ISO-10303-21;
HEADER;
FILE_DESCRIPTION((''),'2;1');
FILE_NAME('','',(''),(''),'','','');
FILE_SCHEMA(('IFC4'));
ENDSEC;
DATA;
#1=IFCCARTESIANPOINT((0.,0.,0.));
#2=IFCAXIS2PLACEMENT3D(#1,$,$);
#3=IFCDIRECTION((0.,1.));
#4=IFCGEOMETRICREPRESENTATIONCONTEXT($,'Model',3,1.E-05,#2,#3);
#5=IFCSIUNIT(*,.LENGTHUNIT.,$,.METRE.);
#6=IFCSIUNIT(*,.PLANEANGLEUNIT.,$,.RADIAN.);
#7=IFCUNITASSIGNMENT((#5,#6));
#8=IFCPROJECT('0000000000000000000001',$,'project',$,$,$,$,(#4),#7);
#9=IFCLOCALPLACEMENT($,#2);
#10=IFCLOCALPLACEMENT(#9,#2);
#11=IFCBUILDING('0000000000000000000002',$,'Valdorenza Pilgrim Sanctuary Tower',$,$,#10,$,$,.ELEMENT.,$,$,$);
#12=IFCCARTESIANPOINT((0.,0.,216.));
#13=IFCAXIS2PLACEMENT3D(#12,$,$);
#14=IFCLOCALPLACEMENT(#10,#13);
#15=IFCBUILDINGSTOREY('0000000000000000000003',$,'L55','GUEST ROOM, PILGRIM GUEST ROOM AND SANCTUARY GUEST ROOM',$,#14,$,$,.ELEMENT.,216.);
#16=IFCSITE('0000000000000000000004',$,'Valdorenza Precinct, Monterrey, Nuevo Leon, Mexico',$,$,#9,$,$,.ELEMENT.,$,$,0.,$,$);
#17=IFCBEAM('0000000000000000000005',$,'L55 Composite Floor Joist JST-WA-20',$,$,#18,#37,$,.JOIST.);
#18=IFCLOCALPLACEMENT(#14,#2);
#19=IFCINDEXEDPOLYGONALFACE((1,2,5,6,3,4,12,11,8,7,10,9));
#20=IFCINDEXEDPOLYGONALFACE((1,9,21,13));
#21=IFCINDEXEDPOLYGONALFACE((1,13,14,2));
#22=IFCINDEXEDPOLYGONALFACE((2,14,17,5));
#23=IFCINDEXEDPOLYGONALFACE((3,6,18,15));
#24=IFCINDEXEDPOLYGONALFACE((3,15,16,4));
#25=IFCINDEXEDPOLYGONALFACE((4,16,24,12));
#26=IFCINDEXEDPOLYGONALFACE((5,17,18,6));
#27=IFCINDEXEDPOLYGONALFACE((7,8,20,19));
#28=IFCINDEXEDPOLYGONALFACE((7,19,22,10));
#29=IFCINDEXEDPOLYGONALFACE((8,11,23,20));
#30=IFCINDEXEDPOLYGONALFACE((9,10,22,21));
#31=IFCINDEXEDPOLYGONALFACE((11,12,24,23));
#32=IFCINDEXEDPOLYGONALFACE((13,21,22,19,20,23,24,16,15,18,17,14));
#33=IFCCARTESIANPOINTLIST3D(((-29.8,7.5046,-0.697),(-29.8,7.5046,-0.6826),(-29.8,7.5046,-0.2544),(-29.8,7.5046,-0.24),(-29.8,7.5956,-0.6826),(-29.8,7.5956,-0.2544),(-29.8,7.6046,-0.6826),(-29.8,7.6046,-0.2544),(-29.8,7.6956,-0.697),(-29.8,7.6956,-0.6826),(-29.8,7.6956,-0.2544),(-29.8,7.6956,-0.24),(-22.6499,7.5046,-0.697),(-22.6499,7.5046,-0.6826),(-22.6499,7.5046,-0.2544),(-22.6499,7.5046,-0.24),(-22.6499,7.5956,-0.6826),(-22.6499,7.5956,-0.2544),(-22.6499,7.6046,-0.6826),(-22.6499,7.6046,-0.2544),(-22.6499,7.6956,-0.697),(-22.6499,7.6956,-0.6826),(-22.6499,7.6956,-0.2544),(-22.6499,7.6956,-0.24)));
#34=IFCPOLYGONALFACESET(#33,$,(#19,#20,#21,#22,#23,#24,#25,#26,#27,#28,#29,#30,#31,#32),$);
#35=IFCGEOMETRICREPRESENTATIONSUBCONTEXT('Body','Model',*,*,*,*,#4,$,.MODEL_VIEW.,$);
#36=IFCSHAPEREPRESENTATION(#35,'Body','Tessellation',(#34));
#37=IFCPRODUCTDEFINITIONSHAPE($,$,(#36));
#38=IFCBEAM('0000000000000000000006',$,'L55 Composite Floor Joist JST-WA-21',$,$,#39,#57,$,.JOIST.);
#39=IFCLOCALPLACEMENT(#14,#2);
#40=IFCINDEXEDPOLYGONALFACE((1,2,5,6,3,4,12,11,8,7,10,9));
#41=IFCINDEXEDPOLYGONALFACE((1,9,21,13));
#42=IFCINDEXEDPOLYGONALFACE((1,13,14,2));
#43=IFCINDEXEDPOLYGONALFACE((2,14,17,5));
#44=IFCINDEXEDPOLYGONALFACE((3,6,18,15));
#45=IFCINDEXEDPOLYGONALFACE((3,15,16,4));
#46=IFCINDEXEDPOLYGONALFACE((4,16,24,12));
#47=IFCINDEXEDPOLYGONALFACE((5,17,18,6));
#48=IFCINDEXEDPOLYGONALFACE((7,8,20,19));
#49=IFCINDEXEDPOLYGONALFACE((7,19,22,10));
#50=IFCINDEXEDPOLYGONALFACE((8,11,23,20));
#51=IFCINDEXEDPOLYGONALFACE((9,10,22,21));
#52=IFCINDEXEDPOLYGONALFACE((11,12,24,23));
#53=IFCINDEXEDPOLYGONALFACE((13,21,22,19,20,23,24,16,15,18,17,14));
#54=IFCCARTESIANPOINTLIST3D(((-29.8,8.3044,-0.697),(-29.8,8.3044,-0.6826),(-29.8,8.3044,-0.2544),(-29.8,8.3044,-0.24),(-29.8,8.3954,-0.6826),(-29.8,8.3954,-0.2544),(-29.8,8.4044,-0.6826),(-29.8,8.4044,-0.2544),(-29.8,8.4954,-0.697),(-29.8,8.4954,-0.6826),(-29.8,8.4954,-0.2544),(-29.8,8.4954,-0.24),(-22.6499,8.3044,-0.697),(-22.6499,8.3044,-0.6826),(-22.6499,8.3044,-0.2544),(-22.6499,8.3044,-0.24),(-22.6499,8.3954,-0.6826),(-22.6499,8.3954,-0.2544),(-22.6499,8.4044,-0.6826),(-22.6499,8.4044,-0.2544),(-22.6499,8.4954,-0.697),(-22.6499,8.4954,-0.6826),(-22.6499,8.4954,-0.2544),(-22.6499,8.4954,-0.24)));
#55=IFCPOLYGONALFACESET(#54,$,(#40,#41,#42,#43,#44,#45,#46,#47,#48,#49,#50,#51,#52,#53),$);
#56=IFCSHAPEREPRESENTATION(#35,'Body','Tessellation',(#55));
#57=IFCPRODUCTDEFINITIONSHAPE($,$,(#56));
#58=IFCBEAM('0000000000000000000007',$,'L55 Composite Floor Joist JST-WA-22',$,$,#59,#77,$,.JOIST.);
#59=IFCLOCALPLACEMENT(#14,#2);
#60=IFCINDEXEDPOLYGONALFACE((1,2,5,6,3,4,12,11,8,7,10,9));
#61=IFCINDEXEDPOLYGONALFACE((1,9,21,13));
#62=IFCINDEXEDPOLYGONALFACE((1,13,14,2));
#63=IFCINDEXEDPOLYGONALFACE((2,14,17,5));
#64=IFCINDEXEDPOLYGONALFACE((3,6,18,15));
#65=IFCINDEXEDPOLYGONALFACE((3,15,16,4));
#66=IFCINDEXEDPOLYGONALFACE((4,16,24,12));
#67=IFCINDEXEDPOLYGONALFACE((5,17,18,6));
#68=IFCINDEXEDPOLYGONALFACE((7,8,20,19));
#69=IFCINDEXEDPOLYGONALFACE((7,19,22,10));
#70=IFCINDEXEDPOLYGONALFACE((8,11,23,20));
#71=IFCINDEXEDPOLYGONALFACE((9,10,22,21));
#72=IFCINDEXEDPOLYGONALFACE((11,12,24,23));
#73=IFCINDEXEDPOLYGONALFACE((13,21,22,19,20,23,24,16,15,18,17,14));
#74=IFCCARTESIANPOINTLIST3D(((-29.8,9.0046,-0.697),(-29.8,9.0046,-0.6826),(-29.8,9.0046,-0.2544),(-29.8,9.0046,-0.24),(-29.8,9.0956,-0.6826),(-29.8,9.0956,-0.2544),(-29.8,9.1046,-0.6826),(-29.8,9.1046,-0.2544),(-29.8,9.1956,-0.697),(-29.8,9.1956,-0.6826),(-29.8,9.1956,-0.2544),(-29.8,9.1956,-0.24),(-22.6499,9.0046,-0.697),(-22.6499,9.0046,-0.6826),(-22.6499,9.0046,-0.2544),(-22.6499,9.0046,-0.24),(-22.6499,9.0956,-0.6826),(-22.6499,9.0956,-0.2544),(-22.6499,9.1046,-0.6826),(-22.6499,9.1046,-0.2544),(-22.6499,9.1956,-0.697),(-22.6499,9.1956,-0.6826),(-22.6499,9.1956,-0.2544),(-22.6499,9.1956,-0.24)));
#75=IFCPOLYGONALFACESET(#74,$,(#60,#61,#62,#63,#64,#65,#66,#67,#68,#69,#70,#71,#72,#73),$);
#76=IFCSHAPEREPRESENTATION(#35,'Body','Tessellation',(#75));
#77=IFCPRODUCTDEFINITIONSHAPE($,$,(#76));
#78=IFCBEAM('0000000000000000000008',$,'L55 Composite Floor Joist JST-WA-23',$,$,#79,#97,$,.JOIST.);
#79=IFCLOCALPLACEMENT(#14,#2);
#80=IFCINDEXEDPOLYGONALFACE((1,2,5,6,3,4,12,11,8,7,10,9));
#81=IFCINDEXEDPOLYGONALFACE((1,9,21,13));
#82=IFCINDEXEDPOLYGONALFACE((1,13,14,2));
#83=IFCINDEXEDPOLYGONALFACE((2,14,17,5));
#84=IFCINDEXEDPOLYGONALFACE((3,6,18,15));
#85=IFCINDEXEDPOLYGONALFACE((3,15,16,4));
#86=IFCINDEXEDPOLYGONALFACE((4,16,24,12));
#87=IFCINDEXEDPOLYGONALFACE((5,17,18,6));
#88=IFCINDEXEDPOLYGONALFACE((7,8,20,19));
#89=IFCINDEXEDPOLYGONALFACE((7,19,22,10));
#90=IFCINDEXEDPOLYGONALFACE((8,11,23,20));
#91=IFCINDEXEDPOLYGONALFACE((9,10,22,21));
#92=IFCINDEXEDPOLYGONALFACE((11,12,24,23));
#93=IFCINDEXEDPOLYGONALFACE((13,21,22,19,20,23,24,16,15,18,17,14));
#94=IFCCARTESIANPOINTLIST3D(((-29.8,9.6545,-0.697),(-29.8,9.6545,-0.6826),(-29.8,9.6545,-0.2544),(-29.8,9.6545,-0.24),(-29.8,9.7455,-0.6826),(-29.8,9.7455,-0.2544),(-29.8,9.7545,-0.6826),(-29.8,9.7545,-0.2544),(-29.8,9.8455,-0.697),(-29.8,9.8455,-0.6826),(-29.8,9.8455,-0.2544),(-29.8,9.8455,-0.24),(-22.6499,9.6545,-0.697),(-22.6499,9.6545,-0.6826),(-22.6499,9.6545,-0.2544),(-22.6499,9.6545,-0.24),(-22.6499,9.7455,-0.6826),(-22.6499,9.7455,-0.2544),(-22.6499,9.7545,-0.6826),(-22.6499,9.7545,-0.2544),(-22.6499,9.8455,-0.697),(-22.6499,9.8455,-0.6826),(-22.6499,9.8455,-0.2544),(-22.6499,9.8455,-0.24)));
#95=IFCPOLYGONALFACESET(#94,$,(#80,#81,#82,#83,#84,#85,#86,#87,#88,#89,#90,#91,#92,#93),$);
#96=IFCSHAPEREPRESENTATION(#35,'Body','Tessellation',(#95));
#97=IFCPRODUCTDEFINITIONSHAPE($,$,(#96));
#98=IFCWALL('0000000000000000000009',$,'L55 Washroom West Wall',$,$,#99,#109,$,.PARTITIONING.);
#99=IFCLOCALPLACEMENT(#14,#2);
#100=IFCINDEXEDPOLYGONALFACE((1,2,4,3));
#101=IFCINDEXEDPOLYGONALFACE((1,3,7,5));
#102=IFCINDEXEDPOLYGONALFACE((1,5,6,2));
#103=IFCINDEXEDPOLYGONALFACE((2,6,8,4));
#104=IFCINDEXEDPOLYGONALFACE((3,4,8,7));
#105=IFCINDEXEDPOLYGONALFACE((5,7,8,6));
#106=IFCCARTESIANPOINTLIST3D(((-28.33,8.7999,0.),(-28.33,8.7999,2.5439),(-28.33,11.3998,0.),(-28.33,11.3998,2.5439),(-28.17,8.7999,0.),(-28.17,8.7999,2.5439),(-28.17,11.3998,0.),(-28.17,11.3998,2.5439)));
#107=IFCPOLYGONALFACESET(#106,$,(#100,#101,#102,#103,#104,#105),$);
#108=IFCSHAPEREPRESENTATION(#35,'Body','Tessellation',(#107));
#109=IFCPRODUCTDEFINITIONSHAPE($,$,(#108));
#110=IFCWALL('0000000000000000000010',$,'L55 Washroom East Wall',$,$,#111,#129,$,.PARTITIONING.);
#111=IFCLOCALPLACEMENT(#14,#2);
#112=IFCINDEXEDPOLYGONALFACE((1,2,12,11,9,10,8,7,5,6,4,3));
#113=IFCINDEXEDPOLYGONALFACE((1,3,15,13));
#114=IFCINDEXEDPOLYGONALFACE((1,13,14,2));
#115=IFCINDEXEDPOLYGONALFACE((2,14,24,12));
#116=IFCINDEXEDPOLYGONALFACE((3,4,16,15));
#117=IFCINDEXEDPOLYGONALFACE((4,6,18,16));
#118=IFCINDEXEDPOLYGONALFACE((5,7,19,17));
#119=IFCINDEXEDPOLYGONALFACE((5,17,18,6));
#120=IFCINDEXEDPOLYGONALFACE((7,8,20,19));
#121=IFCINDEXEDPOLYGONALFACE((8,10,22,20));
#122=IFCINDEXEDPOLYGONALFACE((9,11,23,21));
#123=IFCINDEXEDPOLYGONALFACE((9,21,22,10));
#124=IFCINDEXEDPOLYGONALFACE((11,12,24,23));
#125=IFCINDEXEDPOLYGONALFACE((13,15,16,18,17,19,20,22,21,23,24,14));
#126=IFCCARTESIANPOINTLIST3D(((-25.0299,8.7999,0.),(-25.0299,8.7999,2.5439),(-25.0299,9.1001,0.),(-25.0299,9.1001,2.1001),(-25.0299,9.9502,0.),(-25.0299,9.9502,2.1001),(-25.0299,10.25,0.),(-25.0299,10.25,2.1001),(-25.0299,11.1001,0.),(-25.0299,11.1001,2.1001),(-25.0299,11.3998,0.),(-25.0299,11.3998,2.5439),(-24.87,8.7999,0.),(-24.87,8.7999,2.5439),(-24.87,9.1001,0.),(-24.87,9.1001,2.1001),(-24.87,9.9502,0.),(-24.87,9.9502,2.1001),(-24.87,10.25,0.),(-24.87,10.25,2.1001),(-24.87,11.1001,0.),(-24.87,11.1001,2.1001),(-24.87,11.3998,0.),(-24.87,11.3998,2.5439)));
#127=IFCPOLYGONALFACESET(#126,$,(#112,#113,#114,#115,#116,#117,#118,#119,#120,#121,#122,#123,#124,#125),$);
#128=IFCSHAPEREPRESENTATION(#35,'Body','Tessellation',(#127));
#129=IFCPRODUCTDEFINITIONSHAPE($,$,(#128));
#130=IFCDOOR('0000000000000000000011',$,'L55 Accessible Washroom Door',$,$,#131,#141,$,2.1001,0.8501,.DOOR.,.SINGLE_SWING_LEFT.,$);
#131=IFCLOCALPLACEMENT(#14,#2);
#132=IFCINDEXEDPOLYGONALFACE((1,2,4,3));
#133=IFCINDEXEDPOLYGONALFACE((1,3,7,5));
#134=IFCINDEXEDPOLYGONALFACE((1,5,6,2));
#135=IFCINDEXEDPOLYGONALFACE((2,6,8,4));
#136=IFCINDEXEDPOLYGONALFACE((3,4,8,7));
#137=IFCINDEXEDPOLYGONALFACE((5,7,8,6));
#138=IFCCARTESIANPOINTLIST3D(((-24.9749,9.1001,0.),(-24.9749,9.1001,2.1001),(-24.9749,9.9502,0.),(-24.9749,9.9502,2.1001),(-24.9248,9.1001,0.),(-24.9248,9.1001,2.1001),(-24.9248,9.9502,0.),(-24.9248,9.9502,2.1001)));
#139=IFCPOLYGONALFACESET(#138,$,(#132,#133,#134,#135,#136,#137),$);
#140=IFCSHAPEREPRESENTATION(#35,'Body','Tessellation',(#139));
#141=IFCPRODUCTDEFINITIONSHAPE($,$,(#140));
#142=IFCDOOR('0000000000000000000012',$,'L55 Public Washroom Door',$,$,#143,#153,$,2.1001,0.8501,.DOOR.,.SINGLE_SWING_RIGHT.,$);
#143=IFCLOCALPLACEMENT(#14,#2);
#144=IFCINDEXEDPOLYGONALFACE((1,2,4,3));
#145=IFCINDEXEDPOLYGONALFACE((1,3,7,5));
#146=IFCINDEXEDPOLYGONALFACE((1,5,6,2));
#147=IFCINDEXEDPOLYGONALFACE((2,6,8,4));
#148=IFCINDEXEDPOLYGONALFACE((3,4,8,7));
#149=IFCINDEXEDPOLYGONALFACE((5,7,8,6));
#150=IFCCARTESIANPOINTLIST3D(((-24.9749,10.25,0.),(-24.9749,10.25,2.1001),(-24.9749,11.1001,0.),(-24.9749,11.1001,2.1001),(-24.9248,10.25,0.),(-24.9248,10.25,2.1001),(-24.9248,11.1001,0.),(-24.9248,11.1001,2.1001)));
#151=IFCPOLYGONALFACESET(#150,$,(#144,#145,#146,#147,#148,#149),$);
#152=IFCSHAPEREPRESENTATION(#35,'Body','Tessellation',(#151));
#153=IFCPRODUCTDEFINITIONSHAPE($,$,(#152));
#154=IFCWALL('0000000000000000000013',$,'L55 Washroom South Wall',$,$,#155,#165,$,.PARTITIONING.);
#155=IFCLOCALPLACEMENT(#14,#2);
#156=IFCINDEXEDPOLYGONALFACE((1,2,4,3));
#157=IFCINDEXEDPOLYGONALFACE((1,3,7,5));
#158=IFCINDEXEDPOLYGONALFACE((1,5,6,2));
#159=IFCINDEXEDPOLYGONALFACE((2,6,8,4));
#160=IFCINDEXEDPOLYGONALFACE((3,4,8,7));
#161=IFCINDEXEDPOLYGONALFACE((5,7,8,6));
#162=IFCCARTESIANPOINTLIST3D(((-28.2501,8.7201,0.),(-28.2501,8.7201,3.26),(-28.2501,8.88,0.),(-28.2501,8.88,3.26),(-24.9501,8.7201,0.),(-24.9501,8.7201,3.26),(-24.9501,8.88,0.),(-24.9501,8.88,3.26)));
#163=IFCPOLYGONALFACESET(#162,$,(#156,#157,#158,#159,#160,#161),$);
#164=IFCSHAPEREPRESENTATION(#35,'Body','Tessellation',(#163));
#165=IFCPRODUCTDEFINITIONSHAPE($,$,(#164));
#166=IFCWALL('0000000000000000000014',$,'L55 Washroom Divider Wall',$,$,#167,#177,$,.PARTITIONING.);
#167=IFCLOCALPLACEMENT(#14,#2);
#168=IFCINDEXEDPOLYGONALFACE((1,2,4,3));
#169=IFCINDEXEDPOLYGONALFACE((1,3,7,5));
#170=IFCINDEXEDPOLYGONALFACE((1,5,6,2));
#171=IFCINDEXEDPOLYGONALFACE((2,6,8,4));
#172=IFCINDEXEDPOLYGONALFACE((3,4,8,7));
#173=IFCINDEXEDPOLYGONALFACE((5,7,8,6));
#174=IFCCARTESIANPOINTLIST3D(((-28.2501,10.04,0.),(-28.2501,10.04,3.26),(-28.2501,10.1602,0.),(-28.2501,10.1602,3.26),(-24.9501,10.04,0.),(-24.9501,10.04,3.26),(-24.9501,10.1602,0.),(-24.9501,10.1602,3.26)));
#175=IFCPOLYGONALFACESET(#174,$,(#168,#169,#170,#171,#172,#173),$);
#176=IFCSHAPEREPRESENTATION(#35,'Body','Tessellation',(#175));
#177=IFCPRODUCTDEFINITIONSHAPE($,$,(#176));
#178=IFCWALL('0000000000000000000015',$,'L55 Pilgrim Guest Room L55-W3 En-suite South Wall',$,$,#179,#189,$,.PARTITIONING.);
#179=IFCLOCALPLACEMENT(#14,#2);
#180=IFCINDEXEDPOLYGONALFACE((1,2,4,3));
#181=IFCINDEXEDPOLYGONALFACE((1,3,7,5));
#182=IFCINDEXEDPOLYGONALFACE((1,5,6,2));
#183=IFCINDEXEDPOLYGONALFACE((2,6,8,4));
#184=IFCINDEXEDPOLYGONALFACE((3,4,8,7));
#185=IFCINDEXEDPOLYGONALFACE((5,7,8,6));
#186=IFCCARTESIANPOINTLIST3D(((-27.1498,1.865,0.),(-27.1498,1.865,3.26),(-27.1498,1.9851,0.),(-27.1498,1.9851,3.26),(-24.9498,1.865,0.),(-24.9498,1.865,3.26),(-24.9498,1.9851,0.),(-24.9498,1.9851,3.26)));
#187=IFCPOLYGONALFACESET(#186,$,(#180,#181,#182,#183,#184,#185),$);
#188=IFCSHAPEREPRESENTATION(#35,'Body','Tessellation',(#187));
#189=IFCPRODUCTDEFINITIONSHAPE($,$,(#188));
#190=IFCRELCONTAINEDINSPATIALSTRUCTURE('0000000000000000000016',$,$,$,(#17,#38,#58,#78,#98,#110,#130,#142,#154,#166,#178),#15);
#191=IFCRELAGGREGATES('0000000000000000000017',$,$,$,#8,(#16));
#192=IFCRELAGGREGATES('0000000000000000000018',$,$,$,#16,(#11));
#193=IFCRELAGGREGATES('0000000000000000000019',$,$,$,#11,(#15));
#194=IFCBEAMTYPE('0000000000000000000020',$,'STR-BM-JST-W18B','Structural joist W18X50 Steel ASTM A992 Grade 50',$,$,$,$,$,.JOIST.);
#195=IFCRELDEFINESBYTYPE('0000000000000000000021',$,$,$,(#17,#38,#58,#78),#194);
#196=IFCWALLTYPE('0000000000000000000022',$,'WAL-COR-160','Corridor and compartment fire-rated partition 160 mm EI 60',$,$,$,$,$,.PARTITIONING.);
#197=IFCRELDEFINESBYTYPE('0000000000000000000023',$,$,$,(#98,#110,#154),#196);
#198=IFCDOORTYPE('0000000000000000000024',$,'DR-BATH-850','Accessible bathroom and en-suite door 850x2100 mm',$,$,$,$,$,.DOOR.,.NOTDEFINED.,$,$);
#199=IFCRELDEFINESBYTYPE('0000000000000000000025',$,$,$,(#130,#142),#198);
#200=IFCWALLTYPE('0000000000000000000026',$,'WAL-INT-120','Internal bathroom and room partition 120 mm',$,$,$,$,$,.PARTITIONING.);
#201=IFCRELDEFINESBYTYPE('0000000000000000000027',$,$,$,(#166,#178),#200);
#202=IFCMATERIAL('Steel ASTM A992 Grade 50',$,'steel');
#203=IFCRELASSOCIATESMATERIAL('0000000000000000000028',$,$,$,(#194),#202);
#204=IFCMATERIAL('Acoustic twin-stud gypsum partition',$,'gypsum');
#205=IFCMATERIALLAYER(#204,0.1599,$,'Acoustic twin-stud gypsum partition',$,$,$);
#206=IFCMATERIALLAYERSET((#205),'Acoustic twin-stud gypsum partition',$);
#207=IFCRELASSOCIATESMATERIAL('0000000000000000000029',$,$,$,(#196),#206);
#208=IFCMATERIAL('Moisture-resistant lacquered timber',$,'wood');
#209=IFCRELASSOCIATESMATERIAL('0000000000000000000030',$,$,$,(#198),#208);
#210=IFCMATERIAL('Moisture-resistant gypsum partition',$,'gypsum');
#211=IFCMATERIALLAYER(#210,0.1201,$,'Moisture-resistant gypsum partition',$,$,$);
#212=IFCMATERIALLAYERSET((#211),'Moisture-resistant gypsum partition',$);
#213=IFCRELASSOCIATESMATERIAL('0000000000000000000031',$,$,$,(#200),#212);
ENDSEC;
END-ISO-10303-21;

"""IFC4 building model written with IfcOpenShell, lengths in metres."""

from ifc_helpers import new_model, si_unit, direction, frame, frame_2d, origin, origin_2d, place, context, subcontext, project, spatial, rectangle, i_section, extrude, source, transform, mapped, material, layer, layer_set, material_profile, profile_set, type_object, element, fill, save


model = new_model("IFC4")

# Units and contexts
model_context = context("Model", 3, precision=1e-05, world=origin(), true_north=direction((0.0, 1.0)))
body_context = subcontext(model_context, "Body", "Model", "MODEL_VIEW")
ifc_project = project(units=[si_unit("LENGTHUNIT", "METRE"), si_unit("PLANEANGLEUNIT", "RADIAN")], contexts=[model_context])

# Site, building, storey
site_placement = place(None, origin())
site = spatial("IfcSite", under=ifc_project, at=site_placement, Name="Valdorenza Precinct, Monterrey, Nuevo Leon, Mexico", CompositionType="ELEMENT", RefElevation=0.0)
building_placement = place(site_placement, origin())
building = spatial("IfcBuilding", under=site, at=building_placement, Name="Valdorenza Pilgrim Sanctuary Tower", CompositionType="ELEMENT")
storey_placement = place(building_placement, frame((0.0, 0.0, 216.0)))
storey = spatial("IfcBuildingStorey", under=building, at=storey_placement, Name="L55", Description="GUEST ROOM, PILGRIM GUEST ROOM AND SANCTUARY GUEST ROOM", CompositionType="ELEMENT", Elevation=216.0)

# Beams
ifc_material_1 = material(Name="Steel ASTM A992 Grade 50", Category="steel")
ifc_material_profile = material_profile(ifc_material_1, i_section(OverallWidth=0.1909, OverallDepth=0.457, WebThickness=0.009, FlangeThickness=0.0144, at=origin_2d()), Name="W18X50")
ifc_profile_set = profile_set([ifc_material_profile], Name="Steel ASTM A992 Grade 50")
beam_type = type_object("IfcBeamType", Name="STR-BM-JST-W18B", Description="Structural joist W18X50 Steel ASTM A992 Grade 50", PredefinedType="JOIST", material=ifc_profile_set)
shared_shape = source(origin(), body_context, "Body", "SweptSolid", [
    extrude(i_section(OverallWidth=0.1909, OverallDepth=0.457, WebThickness=0.009, FlangeThickness=0.0144, at=origin_2d()), origin(), (0.0, 0.0, 1.0), 7.1501),
])
for number, where, z_axis, x_axis, name in (
    (1, (-29.8, 7.6001, -0.4685), (1.0, 0.0, 0.0), (0.0, 1.0, 0.0), "L55 Composite Floor Joist JST-WA-20"),
    (2, (-29.8, 8.3999, -0.4685), (1.0, 0.0, 0.0), (0.0, 1.0, 0.0), "L55 Composite Floor Joist JST-WA-21"),
    (3, (-29.8, 9.1001, -0.4685), (1.0, 0.0, 0.0), (0.0, 1.0, 0.0), "L55 Composite Floor Joist JST-WA-22"),
    (4, (-29.8, 9.75, -0.4685), (1.0, 0.0, 0.0), (0.0, 1.0, 0.0), "L55 Composite Floor Joist JST-WA-23"),
):
    element("IfcBeam", number, at=place(storey_placement, frame(where, z_axis=z_axis, x_axis=x_axis)), inside=storey, type_object=beam_type, Name=name, PredefinedType="JOIST", context=body_context, shape_type="MappedRepresentation", body=[
        mapped(shared_shape, transform((0.0, 0.0, 0.0), x_axis=(1.0, 0.0, 0.0), y_axis=(0.0, 1.0, 0.0), z_axis=(0.0, 0.0, 1.0), scale=1.0)),
    ])

# Wall
ifc_material_2 = material(Name="Acoustic twin-stud gypsum partition", Category="gypsum")
ifc_layer_1 = layer(ifc_material_2, 0.1599, Name="Acoustic twin-stud gypsum partition")
ifc_layer_set_1 = layer_set([ifc_layer_1], Name="Acoustic twin-stud gypsum partition")
wall_type_1 = type_object("IfcWallType", Name="WAL-COR-160", Description="Corridor and compartment fire-rated partition 160 mm EI 60", PredefinedType="PARTITIONING", material=ifc_layer_set_1)
wall_1_placement = place(storey_placement, frame((-28.25, 8.8, 0.0), z_axis=(0.0, 0.0, 1.0), x_axis=(0.0, 1.0, 0.0)))
element("IfcWall", 5, at=wall_1_placement, inside=storey, type_object=wall_type_1, Name="L55 Washroom West Wall", PredefinedType="PARTITIONING", context=body_context, shape_type="SweptSolid", body=[
    extrude(rectangle(XDim=2.5999, YDim=0.1599, at=frame_2d((1.2998, 0.0))), origin(), (0.0, 0.0, 1.0), 2.5439),
])

# Wall, openings, doors
wall_2_placement = place(storey_placement, frame((-24.95, 8.8, 0.0), z_axis=(0.0, 0.0, 1.0), x_axis=(0.0, 1.0, 0.0)))
wall_2 = element("IfcWall", 6, at=wall_2_placement, inside=storey, type_object=wall_type_1, Name="L55 Washroom East Wall", PredefinedType="PARTITIONING", context=body_context, shape_type="SweptSolid", body=[
    extrude(rectangle(XDim=2.5999, YDim=0.1599, at=frame_2d((1.2998, 0.0))), origin(), (0.0, 0.0, 1.0), 2.5439),
])
opening_1_placement = place(wall_2_placement, frame((0.3, 0.0, 0.0)))
opening_1 = element("IfcOpeningElement", 7, at=opening_1_placement, cuts=wall_2, PredefinedType="OPENING", context=body_context, shape_type="SweptSolid", body=[
    extrude(rectangle(XDim=0.8501, YDim=2.1001, at=frame_2d((0.425, 1.05))), frame((0.0, 0.0947, 0.0), z_axis=(0.0, -1.0, 0.0), x_axis=(1.0, 0.0, 0.0)), (0.0, 0.0, 1.0), 0.1897),
])
opening_2_placement = place(wall_2_placement, frame((1.45, 0.0, 0.0)))
opening_2 = element("IfcOpeningElement", 8, at=opening_2_placement, cuts=wall_2, PredefinedType="OPENING", context=body_context, shape_type="SweptSolid", body=[
    extrude(rectangle(XDim=0.8501, YDim=2.1001, at=frame_2d((0.425, 1.05))), frame((0.0, 0.0947, 0.0), z_axis=(0.0, -1.0, 0.0), x_axis=(1.0, 0.0, 0.0)), (0.0, 0.0, 1.0), 0.1897),
])
ifc_material_3 = material(Name="Moisture-resistant lacquered timber", Category="wood")
door_type_1 = type_object("IfcDoorType", Name="DR-BATH-850", Description="Accessible bathroom and en-suite door 850x2100 mm", OperationType="NOTDEFINED", PredefinedType="DOOR", material=ifc_material_3)
door_1_placement = place(opening_1_placement, origin())
door_1 = element("IfcDoor", 9, at=door_1_placement, inside=storey, type_object=door_type_1, Name="L55 Accessible Washroom Door", OperationType="SINGLE_SWING_LEFT", OverallHeight=2.1001, OverallWidth=0.8501, PredefinedType="DOOR", context=body_context, shape_type="SweptSolid", body=[
    extrude(rectangle(XDim=0.8501, YDim=2.1001, at=frame_2d((0.425, 1.05))), frame((0.0, 0.0249, 0.0), z_axis=(0.0, -1.0, 0.0), x_axis=(1.0, 0.0, 0.0)), (0.0, 0.0, 1.0), 0.05),
])
fill(opening_1, door_1)
door_2_placement = place(opening_2_placement, origin())
door_2 = element("IfcDoor", 10, at=door_2_placement, inside=storey, type_object=door_type_1, Name="L55 Public Washroom Door", OperationType="SINGLE_SWING_RIGHT", OverallHeight=2.1001, OverallWidth=0.8501, PredefinedType="DOOR", context=body_context, shape_type="SweptSolid", body=[
    extrude(rectangle(XDim=0.8501, YDim=2.1001, at=frame_2d((0.425, 1.05))), frame((0.0, 0.0249, 0.0), z_axis=(0.0, -1.0, 0.0), x_axis=(1.0, 0.0, 0.0)), (0.0, 0.0, 1.0), 0.05),
])
fill(opening_2, door_2)

# Walls
wall_3_placement = place(storey_placement, frame((-28.25, 8.8, 0.0), z_axis=(0.0, 0.0, 1.0), x_axis=(1.0, 0.0, 0.0)))
element("IfcWall", 11, at=wall_3_placement, inside=storey, type_object=wall_type_1, Name="L55 Washroom South Wall", PredefinedType="PARTITIONING", context=body_context, shape_type="SweptSolid", body=[
    extrude(rectangle(XDim=3.3, YDim=0.1599, at=frame_2d((1.6499, 0.0))), origin(), (0.0, 0.0, 1.0), 3.26),
])
ifc_material_4 = material(Name="Moisture-resistant gypsum partition", Category="gypsum")
ifc_layer_2 = layer(ifc_material_4, 0.1201, Name="Moisture-resistant gypsum partition")
ifc_layer_set_2 = layer_set([ifc_layer_2], Name="Moisture-resistant gypsum partition")
wall_type_2 = type_object("IfcWallType", Name="WAL-INT-120", Description="Internal bathroom and room partition 120 mm", PredefinedType="PARTITIONING", material=ifc_layer_set_2)
wall_4_placement = place(storey_placement, frame((-28.25, 10.1001, 0.0), z_axis=(0.0, 0.0, 1.0), x_axis=(1.0, 0.0, 0.0)))
element("IfcWall", 12, at=wall_4_placement, inside=storey, type_object=wall_type_2, Name="L55 Washroom Divider Wall", PredefinedType="PARTITIONING", context=body_context, shape_type="SweptSolid", body=[
    extrude(rectangle(XDim=3.3, YDim=0.1201, at=frame_2d((1.6499, 0.0))), origin(), (0.0, 0.0, 1.0), 3.26),
])
wall_5_placement = place(storey_placement, frame((-27.1499, 1.925, 0.0), z_axis=(0.0, 0.0, 1.0), x_axis=(1.0, 0.0, 0.0)))
element("IfcWall", 13, at=wall_5_placement, inside=storey, type_object=wall_type_2, Name="L55 Pilgrim Guest Room L55-W3 En-suite South Wall", PredefinedType="PARTITIONING", context=body_context, shape_type="SweptSolid", body=[
    extrude(rectangle(XDim=2.2, YDim=0.1201, at=frame_2d((1.1001, 0.0))), origin(), (0.0, 0.0, 1.0), 3.26),
])

save(model, "model.ifc")
